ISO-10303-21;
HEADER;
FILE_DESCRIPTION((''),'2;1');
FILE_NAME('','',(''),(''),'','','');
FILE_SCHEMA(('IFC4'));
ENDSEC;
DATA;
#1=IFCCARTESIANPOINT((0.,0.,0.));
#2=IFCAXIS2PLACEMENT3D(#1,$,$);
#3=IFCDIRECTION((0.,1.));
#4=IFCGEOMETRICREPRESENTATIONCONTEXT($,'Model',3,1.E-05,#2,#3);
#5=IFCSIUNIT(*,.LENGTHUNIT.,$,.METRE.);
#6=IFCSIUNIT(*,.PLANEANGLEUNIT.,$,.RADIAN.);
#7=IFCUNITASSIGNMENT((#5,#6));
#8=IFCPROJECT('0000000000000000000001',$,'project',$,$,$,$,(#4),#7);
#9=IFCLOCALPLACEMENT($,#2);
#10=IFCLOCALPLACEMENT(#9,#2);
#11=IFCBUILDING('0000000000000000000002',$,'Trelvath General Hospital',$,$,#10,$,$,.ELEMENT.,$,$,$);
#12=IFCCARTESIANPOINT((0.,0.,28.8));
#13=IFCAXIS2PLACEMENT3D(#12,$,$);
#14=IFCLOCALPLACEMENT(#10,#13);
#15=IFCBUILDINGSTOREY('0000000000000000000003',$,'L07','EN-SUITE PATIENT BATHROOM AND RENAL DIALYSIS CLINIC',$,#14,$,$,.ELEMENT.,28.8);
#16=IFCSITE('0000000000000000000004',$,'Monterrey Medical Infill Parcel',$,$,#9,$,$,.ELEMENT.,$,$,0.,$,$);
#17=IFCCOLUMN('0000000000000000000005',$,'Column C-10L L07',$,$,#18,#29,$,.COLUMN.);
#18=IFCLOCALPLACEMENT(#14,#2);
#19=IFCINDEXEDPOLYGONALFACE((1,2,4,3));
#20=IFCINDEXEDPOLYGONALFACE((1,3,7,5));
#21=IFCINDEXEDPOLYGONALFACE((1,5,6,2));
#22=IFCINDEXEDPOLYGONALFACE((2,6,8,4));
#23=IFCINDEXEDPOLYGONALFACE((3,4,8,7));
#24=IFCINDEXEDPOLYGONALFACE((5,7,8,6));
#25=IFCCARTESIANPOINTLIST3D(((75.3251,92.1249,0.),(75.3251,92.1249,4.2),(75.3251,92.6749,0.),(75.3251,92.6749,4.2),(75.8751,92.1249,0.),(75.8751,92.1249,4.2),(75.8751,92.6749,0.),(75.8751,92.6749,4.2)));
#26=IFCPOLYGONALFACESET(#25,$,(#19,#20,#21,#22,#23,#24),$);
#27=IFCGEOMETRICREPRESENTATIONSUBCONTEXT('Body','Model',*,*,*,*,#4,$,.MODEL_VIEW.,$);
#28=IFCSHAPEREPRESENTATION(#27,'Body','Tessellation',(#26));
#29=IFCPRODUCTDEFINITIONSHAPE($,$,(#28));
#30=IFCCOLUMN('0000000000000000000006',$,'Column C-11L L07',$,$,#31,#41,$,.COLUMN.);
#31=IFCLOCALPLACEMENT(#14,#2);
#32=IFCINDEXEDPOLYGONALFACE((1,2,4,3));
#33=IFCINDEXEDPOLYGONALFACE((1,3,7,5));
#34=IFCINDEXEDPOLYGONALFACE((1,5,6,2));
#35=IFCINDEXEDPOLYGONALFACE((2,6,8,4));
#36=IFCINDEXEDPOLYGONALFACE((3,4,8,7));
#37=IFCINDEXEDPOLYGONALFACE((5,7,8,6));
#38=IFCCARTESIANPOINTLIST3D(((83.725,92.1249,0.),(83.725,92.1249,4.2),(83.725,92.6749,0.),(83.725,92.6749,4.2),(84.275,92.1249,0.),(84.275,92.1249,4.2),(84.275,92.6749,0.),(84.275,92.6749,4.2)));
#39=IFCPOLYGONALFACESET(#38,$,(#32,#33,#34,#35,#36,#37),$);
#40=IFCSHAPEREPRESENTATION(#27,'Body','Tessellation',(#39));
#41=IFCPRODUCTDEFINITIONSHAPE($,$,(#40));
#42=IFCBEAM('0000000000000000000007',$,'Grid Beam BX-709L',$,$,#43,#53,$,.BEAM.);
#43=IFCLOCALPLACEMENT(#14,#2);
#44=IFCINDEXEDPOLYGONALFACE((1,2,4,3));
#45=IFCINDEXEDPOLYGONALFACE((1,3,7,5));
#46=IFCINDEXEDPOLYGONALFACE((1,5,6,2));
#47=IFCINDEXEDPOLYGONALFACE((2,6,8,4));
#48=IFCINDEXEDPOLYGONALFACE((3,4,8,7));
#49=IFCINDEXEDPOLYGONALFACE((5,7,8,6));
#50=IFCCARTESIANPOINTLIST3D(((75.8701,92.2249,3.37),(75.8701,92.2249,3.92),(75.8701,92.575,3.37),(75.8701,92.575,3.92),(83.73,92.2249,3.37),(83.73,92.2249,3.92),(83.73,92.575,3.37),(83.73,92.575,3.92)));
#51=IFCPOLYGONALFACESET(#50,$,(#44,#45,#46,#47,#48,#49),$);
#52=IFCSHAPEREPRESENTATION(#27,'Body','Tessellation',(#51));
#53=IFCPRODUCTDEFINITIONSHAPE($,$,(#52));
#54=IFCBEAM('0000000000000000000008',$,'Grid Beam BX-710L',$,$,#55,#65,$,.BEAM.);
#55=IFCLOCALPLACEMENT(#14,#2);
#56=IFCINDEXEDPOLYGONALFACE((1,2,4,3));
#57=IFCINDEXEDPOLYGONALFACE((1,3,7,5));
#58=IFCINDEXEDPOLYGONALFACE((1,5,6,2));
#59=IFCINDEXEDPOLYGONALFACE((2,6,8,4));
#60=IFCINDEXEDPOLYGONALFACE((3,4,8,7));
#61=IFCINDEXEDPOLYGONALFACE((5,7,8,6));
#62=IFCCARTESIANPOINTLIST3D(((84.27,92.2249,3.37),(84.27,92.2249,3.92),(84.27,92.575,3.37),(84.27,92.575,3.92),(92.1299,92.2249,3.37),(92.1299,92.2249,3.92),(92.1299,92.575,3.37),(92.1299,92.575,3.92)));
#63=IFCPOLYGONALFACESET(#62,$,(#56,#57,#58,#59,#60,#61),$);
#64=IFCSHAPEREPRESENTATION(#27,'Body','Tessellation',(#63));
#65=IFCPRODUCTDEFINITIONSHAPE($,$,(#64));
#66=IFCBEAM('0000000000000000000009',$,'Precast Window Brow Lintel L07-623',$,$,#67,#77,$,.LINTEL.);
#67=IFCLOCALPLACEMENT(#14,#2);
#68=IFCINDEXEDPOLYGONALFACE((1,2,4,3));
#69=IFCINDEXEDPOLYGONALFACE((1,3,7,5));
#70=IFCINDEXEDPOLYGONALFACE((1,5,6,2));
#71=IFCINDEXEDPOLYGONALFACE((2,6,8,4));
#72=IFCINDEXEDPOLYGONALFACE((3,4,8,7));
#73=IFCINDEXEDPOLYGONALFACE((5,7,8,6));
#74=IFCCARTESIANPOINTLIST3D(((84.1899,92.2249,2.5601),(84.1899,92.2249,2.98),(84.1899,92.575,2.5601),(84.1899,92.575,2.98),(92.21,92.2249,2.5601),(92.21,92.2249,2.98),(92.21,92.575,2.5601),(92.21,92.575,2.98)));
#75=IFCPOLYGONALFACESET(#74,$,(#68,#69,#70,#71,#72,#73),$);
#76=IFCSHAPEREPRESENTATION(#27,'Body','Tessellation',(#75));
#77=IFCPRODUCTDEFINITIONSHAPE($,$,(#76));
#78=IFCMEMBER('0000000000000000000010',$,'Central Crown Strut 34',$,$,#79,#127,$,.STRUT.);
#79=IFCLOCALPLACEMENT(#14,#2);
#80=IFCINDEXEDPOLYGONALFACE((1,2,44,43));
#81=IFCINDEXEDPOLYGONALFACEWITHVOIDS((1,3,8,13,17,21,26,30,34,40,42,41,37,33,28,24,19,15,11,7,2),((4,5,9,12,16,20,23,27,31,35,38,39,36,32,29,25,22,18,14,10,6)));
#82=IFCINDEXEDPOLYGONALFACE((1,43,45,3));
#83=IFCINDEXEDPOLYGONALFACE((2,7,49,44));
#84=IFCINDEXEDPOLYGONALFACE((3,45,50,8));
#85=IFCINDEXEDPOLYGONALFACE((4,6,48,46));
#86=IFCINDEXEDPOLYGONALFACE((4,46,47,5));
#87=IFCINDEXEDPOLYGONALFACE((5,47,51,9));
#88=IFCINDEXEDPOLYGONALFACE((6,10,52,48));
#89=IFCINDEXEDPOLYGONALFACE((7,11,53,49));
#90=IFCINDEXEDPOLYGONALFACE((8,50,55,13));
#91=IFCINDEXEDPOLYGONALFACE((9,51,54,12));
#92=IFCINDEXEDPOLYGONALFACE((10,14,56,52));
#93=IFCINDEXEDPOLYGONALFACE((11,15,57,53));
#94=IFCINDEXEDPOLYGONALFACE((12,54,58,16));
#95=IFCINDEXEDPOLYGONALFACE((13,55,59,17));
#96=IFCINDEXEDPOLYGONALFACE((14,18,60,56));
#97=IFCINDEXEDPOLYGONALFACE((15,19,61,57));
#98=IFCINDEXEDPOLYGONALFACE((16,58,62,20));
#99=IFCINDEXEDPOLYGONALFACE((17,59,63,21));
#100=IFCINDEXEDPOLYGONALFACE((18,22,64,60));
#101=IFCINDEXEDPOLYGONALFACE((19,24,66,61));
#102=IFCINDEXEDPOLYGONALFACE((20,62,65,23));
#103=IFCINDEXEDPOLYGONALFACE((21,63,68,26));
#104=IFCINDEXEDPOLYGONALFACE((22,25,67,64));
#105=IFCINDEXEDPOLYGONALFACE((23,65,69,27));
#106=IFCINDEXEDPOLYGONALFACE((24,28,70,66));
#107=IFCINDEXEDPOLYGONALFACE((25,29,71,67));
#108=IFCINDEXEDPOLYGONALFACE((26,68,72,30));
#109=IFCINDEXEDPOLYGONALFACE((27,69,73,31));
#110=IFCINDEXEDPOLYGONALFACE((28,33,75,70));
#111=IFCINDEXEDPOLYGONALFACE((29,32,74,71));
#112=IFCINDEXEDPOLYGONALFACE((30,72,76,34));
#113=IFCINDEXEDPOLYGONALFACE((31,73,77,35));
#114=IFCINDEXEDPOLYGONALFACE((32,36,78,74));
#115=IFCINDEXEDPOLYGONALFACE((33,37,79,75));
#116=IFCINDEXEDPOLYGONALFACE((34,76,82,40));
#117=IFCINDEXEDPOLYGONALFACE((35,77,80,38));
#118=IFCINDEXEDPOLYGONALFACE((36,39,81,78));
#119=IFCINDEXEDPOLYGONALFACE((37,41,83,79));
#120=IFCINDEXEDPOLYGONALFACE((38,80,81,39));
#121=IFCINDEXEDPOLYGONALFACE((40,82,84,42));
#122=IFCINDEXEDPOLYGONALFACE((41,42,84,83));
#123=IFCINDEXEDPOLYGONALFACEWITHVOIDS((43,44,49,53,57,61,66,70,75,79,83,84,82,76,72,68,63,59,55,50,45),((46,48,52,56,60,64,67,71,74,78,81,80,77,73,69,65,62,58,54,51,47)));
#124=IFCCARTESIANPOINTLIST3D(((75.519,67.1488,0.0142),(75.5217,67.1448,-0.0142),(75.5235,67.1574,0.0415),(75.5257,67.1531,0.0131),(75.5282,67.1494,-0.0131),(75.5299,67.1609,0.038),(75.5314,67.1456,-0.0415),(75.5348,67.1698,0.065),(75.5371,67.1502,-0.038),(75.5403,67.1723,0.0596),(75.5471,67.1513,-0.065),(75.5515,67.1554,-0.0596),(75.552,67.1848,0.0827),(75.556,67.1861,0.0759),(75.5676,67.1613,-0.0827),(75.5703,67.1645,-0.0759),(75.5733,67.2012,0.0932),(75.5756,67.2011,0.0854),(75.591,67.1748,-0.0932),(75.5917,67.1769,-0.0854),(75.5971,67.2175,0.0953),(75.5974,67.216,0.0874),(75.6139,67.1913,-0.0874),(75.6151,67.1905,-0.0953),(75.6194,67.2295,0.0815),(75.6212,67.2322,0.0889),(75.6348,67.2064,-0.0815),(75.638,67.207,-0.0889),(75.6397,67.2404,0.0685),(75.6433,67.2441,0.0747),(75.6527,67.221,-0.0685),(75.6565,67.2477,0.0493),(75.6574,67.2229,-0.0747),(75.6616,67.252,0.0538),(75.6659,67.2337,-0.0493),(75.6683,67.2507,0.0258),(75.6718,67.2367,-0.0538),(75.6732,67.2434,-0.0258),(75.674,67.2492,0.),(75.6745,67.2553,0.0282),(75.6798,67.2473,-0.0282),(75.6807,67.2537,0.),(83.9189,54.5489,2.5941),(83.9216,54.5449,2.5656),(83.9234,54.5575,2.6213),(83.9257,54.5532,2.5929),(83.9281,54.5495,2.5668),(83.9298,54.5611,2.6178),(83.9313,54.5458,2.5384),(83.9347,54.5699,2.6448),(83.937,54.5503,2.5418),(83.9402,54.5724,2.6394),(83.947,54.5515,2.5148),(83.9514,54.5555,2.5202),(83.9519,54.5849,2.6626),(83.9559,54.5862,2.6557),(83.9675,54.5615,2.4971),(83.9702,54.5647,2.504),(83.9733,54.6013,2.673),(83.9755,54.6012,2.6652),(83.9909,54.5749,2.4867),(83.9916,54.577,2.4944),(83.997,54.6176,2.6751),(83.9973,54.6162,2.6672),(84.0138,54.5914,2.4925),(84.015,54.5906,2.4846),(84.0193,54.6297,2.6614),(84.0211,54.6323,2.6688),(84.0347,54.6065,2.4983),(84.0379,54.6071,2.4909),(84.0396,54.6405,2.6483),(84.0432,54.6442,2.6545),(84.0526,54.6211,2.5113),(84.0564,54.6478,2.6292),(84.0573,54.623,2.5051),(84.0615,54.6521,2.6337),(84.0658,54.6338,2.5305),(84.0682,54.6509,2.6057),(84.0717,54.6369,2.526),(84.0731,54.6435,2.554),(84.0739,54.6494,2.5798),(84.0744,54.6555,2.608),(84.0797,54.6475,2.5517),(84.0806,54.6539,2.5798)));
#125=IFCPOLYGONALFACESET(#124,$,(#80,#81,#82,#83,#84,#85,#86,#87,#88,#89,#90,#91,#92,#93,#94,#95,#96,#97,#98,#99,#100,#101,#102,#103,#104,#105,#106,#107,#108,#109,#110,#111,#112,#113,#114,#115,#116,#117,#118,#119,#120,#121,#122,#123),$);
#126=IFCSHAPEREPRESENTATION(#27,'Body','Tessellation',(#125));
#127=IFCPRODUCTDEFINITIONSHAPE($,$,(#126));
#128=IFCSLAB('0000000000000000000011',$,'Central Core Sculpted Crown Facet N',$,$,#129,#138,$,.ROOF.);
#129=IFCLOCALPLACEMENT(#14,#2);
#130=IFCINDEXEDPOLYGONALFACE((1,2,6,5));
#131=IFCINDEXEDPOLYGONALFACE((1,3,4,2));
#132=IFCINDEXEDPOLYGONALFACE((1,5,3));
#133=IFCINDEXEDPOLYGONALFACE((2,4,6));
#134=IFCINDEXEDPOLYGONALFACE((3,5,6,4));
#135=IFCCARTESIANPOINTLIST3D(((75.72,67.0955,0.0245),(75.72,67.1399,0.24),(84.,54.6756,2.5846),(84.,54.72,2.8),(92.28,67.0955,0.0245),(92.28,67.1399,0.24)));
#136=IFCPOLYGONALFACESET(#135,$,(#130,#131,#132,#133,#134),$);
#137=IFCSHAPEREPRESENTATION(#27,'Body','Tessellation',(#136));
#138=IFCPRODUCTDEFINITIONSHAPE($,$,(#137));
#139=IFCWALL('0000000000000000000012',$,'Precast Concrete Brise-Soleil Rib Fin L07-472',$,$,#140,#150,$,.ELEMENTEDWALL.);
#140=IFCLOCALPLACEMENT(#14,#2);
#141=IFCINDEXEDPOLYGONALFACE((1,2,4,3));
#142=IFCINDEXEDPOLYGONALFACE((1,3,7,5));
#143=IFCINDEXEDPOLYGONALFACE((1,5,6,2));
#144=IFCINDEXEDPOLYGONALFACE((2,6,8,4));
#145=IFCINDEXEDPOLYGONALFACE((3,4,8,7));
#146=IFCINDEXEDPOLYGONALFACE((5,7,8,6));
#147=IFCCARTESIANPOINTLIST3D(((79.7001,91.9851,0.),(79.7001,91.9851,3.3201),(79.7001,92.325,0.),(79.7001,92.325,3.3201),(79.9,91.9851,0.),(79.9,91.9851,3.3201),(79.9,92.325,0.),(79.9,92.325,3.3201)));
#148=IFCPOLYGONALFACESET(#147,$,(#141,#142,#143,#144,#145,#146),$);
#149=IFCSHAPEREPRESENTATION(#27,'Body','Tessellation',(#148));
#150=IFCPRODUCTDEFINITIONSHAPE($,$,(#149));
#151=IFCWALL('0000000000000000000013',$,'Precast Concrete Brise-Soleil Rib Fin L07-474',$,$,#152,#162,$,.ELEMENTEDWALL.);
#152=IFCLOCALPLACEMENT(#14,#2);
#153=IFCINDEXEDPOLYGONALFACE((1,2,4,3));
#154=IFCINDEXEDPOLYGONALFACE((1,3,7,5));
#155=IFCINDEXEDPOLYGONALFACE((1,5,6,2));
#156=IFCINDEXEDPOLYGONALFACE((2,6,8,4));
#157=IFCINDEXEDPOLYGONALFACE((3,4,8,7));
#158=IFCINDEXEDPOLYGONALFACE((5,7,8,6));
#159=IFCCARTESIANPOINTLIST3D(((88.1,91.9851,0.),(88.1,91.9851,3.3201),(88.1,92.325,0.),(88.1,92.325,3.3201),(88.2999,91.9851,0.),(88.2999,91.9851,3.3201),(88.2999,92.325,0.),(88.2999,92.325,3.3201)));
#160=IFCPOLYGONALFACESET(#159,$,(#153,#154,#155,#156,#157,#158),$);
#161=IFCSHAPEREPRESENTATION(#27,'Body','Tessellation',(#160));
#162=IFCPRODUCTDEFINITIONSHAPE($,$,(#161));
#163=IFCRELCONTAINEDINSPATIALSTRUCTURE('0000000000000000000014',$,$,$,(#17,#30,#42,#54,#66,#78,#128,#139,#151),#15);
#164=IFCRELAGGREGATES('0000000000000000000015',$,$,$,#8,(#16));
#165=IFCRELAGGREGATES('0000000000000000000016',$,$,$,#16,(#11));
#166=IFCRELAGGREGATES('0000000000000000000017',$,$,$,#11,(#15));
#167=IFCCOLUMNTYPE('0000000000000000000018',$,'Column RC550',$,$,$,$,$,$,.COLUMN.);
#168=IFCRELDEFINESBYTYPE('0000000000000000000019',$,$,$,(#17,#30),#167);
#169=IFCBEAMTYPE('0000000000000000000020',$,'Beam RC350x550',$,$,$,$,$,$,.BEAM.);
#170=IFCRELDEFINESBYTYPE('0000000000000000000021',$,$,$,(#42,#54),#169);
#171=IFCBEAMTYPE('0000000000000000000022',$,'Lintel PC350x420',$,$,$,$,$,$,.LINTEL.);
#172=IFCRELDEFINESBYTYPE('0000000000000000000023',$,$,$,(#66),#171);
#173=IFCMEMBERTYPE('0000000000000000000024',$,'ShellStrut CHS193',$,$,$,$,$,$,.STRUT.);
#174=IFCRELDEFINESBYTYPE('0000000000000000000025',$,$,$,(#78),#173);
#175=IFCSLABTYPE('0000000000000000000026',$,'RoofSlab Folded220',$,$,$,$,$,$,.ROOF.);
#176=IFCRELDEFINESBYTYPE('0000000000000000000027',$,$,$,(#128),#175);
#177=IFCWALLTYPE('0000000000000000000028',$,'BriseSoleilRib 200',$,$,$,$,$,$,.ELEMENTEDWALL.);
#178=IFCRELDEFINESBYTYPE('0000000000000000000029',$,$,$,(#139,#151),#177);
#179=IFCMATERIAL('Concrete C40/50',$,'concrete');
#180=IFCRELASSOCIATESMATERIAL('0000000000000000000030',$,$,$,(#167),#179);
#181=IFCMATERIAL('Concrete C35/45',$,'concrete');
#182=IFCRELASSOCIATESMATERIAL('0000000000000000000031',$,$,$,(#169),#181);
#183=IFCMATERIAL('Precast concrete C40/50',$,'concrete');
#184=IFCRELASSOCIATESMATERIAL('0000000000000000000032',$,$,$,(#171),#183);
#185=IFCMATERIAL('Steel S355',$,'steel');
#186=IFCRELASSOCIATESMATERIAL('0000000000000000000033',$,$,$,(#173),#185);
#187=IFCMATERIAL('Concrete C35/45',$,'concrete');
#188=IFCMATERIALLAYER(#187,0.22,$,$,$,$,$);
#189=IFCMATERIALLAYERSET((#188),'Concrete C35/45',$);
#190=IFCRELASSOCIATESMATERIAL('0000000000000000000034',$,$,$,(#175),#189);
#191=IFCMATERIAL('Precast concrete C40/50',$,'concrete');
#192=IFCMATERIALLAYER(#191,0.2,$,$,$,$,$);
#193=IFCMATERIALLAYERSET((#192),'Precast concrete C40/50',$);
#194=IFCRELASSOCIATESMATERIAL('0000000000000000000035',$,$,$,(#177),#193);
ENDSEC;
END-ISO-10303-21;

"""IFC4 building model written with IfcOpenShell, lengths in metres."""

from ifc_helpers import new_model, si_unit, direction, frame, frame_2d, origin, origin_2d, place, context, subcontext, project, spatial, polyline, rectangle, hollow_circle, outline, extrude, material, layer, layer_set, material_profile, profile_set, type_object, element, save


model = new_model("IFC4")

# Units and contexts
model_context = context("Model", 3, precision=1e-05, world=origin(), true_north=direction((0.0, 1.0)))
body_context = subcontext(model_context, "Body", "Model", "MODEL_VIEW")
ifc_project = project(units=[si_unit("LENGTHUNIT", "METRE"), si_unit("PLANEANGLEUNIT", "RADIAN")], contexts=[model_context])

# Site, building, storey
site_placement = place(None, origin())
site = spatial("IfcSite", under=ifc_project, at=site_placement, Name="Monterrey Medical Infill Parcel", CompositionType="ELEMENT", RefElevation=0.0)
building_placement = place(site_placement, origin())
building = spatial("IfcBuilding", under=site, at=building_placement, Name="Trelvath General Hospital", CompositionType="ELEMENT")
storey_placement = place(building_placement, frame((0.0, 0.0, 28.8)))
storey = spatial("IfcBuildingStorey", under=building, at=storey_placement, Name="L07", Description="EN-SUITE PATIENT BATHROOM AND RENAL DIALYSIS CLINIC", CompositionType="ELEMENT", Elevation=28.8)

# Columns
ifc_material_1 = material(Name="Concrete C40/50", Category="concrete")
ifc_material_profile_1 = material_profile(ifc_material_1, rectangle(XDim=0.55, YDim=0.55, at=origin_2d()), Name="RC550x550")
ifc_profile_set_1 = profile_set([ifc_material_profile_1], Name="Concrete C40/50")
column_type = type_object("IfcColumnType", Name="Column RC550", PredefinedType="COLUMN", material=ifc_profile_set_1)
for number, where, z_axis, x_axis, name in (
    (1, (75.6001, 92.3999, 0.0), (0.0, 0.0, 1.0), (1.0, 0.0, 0.0), "Column C-10L L07"),
    (2, (84.0, 92.3999, 0.0), (0.0, 0.0, 1.0), (1.0, 0.0, 0.0), "Column C-11L L07"),
):
    element("IfcColumn", number, at=place(storey_placement, frame(where, z_axis=z_axis, x_axis=x_axis)), inside=storey, type_object=column_type, Name=name, PredefinedType="COLUMN", context=body_context, shape_type="SweptSolid", body=[
        extrude(rectangle(XDim=0.55, YDim=0.55, at=origin_2d()), origin(), (0.0, 0.0, 1.0), 4.2),
    ])

# Beams
ifc_material_2 = material(Name="Concrete C35/45", Category="concrete")
ifc_material_profile_2 = material_profile(ifc_material_2, rectangle(XDim=0.3501, YDim=0.55, at=origin_2d()), Name="RCB350x550")
ifc_profile_set_2 = profile_set([ifc_material_profile_2], Name="Concrete C35/45")
beam_type_1 = type_object("IfcBeamType", Name="Beam RC350x550", PredefinedType="BEAM", material=ifc_profile_set_2)
for number, where, z_axis, x_axis, name in (
    (3, (75.8701, 92.3999, 3.645), (1.0, 0.0, 0.0), (0.0, 1.0, 0.0), "Grid Beam BX-709L"),
    (4, (84.27, 92.3999, 3.645), (1.0, 0.0, 0.0), (0.0, 1.0, 0.0), "Grid Beam BX-710L"),
):
    element("IfcBeam", number, at=place(storey_placement, frame(where, z_axis=z_axis, x_axis=x_axis)), inside=storey, type_object=beam_type_1, Name=name, PredefinedType="BEAM", context=body_context, shape_type="SweptSolid", body=[
        extrude(rectangle(XDim=0.3501, YDim=0.55, at=origin_2d()), origin(), (0.0, 0.0, 1.0), 7.8599),
    ])
ifc_material_3 = material(Name="Precast concrete C40/50", Category="concrete")
ifc_material_profile_3 = material_profile(ifc_material_3, rectangle(XDim=0.3501, YDim=0.4199, at=origin_2d()), Name="PCL350x420")
ifc_profile_set_3 = profile_set([ifc_material_profile_3], Name="Precast concrete C40/50")
beam_type_2 = type_object("IfcBeamType", Name="Lintel PC350x420", PredefinedType="LINTEL", material=ifc_profile_set_3)
beam_placement = place(storey_placement, frame((92.21, 92.3999, 2.77), z_axis=(-1.0, 0.0, 0.0), x_axis=(0.0, -1.0, 0.0)))
element("IfcBeam", 5, at=beam_placement, inside=storey, type_object=beam_type_2, Name="Precast Window Brow Lintel L07-623", PredefinedType="LINTEL", context=body_context, shape_type="SweptSolid", body=[
    extrude(rectangle(XDim=0.3501, YDim=0.4199, at=origin_2d()), origin(), (0.0, 0.0, 1.0), 8.02),
])

# Member
ifc_material_4 = material(Name="Steel S355", Category="steel")
ifc_material_profile_4 = material_profile(ifc_material_4, hollow_circle(Radius=0.0969, WallThickness=0.0081, at=origin_2d()), Name="CHS193.7x8.0")
ifc_profile_set_4 = profile_set([ifc_material_profile_4], Name="Steel S355")
member_type = type_object("IfcMemberType", Name="ShellStrut CHS193", PredefinedType="STRUT", material=ifc_profile_set_4)
member_placement = place(storey_placement, frame((75.6001, 67.2, 0.0), z_axis=(0.546822, -0.820232, 0.167943), x_axis=(0.83205, 0.5547, 0.0)))
element("IfcMember", 6, at=member_placement, inside=storey, type_object=member_type, Name="Central Crown Strut 34", PredefinedType="STRUT", context=body_context, shape_type="SweptSolid", body=[
    extrude(hollow_circle(Radius=0.0969, WallThickness=0.0081, at=origin_2d()), origin(), (0.0, 0.0, 1.0), 15.3613),
])

# Slab
ifc_material_5 = material(Name="Concrete C35/45", Category="concrete")
ifc_layer_1 = layer(ifc_material_5, 0.22)
ifc_layer_set_1 = layer_set([ifc_layer_1], Name="Concrete C35/45")
slab_type = type_object("IfcSlabType", Name="RoofSlab Folded220", PredefinedType="ROOF", material=ifc_layer_set_1)
slab_placement = place(storey_placement, frame((92.28, 67.1399, 0.24), z_axis=(0.0, 0.201881, 0.97941), x_axis=(-1.0, 0.0, 0.0)))
element("IfcSlab", 7, at=slab_placement, inside=storey, type_object=slab_type, Name="Central Core Sculpted Crown Facet N", PredefinedType="ROOF", context=body_context, shape_type="SweptSolid", body=[
    extrude(outline(polyline([(0.0, 0.0), (16.5601, 0.0), (8.28, 12.681), (0.0, 0.0)])), origin(), (0.0, 0.0, -1.0), 0.22),
])

# Walls
ifc_material_6 = material(Name="Precast concrete C40/50", Category="concrete")
ifc_layer_2 = layer(ifc_material_6, 0.2)
ifc_layer_set_2 = layer_set([ifc_layer_2], Name="Precast concrete C40/50")
wall_type_1 = type_object("IfcWallType", Name="BriseSoleilRib 200", PredefinedType="ELEMENTEDWALL", material=ifc_layer_set_2)
for number, where, z_axis, x_axis, name in (
    (8, (79.8, 92.325, 0.0), (0.0, 0.0, 1.0), (0.0, -1.0, 0.0), "Precast Concrete Brise-Soleil Rib Fin L07-472"),
    (9, (88.2, 92.325, 0.0), (0.0, 0.0, 1.0), (0.0, -1.0, 0.0), "Precast Concrete Brise-Soleil Rib Fin L07-474"),
):
    element("IfcWall", number, at=place(storey_placement, frame(where, z_axis=z_axis, x_axis=x_axis)), inside=storey, type_object=wall_type_1, Name=name, PredefinedType="ELEMENTEDWALL", context=body_context, shape_type="SweptSolid", body=[
        extrude(rectangle(XDim=0.3398, YDim=0.2, at=frame_2d((0.1699, 0.0))), origin(), (0.0, 0.0, 1.0), 3.3201),
    ])

save(model, "model.ifc")
